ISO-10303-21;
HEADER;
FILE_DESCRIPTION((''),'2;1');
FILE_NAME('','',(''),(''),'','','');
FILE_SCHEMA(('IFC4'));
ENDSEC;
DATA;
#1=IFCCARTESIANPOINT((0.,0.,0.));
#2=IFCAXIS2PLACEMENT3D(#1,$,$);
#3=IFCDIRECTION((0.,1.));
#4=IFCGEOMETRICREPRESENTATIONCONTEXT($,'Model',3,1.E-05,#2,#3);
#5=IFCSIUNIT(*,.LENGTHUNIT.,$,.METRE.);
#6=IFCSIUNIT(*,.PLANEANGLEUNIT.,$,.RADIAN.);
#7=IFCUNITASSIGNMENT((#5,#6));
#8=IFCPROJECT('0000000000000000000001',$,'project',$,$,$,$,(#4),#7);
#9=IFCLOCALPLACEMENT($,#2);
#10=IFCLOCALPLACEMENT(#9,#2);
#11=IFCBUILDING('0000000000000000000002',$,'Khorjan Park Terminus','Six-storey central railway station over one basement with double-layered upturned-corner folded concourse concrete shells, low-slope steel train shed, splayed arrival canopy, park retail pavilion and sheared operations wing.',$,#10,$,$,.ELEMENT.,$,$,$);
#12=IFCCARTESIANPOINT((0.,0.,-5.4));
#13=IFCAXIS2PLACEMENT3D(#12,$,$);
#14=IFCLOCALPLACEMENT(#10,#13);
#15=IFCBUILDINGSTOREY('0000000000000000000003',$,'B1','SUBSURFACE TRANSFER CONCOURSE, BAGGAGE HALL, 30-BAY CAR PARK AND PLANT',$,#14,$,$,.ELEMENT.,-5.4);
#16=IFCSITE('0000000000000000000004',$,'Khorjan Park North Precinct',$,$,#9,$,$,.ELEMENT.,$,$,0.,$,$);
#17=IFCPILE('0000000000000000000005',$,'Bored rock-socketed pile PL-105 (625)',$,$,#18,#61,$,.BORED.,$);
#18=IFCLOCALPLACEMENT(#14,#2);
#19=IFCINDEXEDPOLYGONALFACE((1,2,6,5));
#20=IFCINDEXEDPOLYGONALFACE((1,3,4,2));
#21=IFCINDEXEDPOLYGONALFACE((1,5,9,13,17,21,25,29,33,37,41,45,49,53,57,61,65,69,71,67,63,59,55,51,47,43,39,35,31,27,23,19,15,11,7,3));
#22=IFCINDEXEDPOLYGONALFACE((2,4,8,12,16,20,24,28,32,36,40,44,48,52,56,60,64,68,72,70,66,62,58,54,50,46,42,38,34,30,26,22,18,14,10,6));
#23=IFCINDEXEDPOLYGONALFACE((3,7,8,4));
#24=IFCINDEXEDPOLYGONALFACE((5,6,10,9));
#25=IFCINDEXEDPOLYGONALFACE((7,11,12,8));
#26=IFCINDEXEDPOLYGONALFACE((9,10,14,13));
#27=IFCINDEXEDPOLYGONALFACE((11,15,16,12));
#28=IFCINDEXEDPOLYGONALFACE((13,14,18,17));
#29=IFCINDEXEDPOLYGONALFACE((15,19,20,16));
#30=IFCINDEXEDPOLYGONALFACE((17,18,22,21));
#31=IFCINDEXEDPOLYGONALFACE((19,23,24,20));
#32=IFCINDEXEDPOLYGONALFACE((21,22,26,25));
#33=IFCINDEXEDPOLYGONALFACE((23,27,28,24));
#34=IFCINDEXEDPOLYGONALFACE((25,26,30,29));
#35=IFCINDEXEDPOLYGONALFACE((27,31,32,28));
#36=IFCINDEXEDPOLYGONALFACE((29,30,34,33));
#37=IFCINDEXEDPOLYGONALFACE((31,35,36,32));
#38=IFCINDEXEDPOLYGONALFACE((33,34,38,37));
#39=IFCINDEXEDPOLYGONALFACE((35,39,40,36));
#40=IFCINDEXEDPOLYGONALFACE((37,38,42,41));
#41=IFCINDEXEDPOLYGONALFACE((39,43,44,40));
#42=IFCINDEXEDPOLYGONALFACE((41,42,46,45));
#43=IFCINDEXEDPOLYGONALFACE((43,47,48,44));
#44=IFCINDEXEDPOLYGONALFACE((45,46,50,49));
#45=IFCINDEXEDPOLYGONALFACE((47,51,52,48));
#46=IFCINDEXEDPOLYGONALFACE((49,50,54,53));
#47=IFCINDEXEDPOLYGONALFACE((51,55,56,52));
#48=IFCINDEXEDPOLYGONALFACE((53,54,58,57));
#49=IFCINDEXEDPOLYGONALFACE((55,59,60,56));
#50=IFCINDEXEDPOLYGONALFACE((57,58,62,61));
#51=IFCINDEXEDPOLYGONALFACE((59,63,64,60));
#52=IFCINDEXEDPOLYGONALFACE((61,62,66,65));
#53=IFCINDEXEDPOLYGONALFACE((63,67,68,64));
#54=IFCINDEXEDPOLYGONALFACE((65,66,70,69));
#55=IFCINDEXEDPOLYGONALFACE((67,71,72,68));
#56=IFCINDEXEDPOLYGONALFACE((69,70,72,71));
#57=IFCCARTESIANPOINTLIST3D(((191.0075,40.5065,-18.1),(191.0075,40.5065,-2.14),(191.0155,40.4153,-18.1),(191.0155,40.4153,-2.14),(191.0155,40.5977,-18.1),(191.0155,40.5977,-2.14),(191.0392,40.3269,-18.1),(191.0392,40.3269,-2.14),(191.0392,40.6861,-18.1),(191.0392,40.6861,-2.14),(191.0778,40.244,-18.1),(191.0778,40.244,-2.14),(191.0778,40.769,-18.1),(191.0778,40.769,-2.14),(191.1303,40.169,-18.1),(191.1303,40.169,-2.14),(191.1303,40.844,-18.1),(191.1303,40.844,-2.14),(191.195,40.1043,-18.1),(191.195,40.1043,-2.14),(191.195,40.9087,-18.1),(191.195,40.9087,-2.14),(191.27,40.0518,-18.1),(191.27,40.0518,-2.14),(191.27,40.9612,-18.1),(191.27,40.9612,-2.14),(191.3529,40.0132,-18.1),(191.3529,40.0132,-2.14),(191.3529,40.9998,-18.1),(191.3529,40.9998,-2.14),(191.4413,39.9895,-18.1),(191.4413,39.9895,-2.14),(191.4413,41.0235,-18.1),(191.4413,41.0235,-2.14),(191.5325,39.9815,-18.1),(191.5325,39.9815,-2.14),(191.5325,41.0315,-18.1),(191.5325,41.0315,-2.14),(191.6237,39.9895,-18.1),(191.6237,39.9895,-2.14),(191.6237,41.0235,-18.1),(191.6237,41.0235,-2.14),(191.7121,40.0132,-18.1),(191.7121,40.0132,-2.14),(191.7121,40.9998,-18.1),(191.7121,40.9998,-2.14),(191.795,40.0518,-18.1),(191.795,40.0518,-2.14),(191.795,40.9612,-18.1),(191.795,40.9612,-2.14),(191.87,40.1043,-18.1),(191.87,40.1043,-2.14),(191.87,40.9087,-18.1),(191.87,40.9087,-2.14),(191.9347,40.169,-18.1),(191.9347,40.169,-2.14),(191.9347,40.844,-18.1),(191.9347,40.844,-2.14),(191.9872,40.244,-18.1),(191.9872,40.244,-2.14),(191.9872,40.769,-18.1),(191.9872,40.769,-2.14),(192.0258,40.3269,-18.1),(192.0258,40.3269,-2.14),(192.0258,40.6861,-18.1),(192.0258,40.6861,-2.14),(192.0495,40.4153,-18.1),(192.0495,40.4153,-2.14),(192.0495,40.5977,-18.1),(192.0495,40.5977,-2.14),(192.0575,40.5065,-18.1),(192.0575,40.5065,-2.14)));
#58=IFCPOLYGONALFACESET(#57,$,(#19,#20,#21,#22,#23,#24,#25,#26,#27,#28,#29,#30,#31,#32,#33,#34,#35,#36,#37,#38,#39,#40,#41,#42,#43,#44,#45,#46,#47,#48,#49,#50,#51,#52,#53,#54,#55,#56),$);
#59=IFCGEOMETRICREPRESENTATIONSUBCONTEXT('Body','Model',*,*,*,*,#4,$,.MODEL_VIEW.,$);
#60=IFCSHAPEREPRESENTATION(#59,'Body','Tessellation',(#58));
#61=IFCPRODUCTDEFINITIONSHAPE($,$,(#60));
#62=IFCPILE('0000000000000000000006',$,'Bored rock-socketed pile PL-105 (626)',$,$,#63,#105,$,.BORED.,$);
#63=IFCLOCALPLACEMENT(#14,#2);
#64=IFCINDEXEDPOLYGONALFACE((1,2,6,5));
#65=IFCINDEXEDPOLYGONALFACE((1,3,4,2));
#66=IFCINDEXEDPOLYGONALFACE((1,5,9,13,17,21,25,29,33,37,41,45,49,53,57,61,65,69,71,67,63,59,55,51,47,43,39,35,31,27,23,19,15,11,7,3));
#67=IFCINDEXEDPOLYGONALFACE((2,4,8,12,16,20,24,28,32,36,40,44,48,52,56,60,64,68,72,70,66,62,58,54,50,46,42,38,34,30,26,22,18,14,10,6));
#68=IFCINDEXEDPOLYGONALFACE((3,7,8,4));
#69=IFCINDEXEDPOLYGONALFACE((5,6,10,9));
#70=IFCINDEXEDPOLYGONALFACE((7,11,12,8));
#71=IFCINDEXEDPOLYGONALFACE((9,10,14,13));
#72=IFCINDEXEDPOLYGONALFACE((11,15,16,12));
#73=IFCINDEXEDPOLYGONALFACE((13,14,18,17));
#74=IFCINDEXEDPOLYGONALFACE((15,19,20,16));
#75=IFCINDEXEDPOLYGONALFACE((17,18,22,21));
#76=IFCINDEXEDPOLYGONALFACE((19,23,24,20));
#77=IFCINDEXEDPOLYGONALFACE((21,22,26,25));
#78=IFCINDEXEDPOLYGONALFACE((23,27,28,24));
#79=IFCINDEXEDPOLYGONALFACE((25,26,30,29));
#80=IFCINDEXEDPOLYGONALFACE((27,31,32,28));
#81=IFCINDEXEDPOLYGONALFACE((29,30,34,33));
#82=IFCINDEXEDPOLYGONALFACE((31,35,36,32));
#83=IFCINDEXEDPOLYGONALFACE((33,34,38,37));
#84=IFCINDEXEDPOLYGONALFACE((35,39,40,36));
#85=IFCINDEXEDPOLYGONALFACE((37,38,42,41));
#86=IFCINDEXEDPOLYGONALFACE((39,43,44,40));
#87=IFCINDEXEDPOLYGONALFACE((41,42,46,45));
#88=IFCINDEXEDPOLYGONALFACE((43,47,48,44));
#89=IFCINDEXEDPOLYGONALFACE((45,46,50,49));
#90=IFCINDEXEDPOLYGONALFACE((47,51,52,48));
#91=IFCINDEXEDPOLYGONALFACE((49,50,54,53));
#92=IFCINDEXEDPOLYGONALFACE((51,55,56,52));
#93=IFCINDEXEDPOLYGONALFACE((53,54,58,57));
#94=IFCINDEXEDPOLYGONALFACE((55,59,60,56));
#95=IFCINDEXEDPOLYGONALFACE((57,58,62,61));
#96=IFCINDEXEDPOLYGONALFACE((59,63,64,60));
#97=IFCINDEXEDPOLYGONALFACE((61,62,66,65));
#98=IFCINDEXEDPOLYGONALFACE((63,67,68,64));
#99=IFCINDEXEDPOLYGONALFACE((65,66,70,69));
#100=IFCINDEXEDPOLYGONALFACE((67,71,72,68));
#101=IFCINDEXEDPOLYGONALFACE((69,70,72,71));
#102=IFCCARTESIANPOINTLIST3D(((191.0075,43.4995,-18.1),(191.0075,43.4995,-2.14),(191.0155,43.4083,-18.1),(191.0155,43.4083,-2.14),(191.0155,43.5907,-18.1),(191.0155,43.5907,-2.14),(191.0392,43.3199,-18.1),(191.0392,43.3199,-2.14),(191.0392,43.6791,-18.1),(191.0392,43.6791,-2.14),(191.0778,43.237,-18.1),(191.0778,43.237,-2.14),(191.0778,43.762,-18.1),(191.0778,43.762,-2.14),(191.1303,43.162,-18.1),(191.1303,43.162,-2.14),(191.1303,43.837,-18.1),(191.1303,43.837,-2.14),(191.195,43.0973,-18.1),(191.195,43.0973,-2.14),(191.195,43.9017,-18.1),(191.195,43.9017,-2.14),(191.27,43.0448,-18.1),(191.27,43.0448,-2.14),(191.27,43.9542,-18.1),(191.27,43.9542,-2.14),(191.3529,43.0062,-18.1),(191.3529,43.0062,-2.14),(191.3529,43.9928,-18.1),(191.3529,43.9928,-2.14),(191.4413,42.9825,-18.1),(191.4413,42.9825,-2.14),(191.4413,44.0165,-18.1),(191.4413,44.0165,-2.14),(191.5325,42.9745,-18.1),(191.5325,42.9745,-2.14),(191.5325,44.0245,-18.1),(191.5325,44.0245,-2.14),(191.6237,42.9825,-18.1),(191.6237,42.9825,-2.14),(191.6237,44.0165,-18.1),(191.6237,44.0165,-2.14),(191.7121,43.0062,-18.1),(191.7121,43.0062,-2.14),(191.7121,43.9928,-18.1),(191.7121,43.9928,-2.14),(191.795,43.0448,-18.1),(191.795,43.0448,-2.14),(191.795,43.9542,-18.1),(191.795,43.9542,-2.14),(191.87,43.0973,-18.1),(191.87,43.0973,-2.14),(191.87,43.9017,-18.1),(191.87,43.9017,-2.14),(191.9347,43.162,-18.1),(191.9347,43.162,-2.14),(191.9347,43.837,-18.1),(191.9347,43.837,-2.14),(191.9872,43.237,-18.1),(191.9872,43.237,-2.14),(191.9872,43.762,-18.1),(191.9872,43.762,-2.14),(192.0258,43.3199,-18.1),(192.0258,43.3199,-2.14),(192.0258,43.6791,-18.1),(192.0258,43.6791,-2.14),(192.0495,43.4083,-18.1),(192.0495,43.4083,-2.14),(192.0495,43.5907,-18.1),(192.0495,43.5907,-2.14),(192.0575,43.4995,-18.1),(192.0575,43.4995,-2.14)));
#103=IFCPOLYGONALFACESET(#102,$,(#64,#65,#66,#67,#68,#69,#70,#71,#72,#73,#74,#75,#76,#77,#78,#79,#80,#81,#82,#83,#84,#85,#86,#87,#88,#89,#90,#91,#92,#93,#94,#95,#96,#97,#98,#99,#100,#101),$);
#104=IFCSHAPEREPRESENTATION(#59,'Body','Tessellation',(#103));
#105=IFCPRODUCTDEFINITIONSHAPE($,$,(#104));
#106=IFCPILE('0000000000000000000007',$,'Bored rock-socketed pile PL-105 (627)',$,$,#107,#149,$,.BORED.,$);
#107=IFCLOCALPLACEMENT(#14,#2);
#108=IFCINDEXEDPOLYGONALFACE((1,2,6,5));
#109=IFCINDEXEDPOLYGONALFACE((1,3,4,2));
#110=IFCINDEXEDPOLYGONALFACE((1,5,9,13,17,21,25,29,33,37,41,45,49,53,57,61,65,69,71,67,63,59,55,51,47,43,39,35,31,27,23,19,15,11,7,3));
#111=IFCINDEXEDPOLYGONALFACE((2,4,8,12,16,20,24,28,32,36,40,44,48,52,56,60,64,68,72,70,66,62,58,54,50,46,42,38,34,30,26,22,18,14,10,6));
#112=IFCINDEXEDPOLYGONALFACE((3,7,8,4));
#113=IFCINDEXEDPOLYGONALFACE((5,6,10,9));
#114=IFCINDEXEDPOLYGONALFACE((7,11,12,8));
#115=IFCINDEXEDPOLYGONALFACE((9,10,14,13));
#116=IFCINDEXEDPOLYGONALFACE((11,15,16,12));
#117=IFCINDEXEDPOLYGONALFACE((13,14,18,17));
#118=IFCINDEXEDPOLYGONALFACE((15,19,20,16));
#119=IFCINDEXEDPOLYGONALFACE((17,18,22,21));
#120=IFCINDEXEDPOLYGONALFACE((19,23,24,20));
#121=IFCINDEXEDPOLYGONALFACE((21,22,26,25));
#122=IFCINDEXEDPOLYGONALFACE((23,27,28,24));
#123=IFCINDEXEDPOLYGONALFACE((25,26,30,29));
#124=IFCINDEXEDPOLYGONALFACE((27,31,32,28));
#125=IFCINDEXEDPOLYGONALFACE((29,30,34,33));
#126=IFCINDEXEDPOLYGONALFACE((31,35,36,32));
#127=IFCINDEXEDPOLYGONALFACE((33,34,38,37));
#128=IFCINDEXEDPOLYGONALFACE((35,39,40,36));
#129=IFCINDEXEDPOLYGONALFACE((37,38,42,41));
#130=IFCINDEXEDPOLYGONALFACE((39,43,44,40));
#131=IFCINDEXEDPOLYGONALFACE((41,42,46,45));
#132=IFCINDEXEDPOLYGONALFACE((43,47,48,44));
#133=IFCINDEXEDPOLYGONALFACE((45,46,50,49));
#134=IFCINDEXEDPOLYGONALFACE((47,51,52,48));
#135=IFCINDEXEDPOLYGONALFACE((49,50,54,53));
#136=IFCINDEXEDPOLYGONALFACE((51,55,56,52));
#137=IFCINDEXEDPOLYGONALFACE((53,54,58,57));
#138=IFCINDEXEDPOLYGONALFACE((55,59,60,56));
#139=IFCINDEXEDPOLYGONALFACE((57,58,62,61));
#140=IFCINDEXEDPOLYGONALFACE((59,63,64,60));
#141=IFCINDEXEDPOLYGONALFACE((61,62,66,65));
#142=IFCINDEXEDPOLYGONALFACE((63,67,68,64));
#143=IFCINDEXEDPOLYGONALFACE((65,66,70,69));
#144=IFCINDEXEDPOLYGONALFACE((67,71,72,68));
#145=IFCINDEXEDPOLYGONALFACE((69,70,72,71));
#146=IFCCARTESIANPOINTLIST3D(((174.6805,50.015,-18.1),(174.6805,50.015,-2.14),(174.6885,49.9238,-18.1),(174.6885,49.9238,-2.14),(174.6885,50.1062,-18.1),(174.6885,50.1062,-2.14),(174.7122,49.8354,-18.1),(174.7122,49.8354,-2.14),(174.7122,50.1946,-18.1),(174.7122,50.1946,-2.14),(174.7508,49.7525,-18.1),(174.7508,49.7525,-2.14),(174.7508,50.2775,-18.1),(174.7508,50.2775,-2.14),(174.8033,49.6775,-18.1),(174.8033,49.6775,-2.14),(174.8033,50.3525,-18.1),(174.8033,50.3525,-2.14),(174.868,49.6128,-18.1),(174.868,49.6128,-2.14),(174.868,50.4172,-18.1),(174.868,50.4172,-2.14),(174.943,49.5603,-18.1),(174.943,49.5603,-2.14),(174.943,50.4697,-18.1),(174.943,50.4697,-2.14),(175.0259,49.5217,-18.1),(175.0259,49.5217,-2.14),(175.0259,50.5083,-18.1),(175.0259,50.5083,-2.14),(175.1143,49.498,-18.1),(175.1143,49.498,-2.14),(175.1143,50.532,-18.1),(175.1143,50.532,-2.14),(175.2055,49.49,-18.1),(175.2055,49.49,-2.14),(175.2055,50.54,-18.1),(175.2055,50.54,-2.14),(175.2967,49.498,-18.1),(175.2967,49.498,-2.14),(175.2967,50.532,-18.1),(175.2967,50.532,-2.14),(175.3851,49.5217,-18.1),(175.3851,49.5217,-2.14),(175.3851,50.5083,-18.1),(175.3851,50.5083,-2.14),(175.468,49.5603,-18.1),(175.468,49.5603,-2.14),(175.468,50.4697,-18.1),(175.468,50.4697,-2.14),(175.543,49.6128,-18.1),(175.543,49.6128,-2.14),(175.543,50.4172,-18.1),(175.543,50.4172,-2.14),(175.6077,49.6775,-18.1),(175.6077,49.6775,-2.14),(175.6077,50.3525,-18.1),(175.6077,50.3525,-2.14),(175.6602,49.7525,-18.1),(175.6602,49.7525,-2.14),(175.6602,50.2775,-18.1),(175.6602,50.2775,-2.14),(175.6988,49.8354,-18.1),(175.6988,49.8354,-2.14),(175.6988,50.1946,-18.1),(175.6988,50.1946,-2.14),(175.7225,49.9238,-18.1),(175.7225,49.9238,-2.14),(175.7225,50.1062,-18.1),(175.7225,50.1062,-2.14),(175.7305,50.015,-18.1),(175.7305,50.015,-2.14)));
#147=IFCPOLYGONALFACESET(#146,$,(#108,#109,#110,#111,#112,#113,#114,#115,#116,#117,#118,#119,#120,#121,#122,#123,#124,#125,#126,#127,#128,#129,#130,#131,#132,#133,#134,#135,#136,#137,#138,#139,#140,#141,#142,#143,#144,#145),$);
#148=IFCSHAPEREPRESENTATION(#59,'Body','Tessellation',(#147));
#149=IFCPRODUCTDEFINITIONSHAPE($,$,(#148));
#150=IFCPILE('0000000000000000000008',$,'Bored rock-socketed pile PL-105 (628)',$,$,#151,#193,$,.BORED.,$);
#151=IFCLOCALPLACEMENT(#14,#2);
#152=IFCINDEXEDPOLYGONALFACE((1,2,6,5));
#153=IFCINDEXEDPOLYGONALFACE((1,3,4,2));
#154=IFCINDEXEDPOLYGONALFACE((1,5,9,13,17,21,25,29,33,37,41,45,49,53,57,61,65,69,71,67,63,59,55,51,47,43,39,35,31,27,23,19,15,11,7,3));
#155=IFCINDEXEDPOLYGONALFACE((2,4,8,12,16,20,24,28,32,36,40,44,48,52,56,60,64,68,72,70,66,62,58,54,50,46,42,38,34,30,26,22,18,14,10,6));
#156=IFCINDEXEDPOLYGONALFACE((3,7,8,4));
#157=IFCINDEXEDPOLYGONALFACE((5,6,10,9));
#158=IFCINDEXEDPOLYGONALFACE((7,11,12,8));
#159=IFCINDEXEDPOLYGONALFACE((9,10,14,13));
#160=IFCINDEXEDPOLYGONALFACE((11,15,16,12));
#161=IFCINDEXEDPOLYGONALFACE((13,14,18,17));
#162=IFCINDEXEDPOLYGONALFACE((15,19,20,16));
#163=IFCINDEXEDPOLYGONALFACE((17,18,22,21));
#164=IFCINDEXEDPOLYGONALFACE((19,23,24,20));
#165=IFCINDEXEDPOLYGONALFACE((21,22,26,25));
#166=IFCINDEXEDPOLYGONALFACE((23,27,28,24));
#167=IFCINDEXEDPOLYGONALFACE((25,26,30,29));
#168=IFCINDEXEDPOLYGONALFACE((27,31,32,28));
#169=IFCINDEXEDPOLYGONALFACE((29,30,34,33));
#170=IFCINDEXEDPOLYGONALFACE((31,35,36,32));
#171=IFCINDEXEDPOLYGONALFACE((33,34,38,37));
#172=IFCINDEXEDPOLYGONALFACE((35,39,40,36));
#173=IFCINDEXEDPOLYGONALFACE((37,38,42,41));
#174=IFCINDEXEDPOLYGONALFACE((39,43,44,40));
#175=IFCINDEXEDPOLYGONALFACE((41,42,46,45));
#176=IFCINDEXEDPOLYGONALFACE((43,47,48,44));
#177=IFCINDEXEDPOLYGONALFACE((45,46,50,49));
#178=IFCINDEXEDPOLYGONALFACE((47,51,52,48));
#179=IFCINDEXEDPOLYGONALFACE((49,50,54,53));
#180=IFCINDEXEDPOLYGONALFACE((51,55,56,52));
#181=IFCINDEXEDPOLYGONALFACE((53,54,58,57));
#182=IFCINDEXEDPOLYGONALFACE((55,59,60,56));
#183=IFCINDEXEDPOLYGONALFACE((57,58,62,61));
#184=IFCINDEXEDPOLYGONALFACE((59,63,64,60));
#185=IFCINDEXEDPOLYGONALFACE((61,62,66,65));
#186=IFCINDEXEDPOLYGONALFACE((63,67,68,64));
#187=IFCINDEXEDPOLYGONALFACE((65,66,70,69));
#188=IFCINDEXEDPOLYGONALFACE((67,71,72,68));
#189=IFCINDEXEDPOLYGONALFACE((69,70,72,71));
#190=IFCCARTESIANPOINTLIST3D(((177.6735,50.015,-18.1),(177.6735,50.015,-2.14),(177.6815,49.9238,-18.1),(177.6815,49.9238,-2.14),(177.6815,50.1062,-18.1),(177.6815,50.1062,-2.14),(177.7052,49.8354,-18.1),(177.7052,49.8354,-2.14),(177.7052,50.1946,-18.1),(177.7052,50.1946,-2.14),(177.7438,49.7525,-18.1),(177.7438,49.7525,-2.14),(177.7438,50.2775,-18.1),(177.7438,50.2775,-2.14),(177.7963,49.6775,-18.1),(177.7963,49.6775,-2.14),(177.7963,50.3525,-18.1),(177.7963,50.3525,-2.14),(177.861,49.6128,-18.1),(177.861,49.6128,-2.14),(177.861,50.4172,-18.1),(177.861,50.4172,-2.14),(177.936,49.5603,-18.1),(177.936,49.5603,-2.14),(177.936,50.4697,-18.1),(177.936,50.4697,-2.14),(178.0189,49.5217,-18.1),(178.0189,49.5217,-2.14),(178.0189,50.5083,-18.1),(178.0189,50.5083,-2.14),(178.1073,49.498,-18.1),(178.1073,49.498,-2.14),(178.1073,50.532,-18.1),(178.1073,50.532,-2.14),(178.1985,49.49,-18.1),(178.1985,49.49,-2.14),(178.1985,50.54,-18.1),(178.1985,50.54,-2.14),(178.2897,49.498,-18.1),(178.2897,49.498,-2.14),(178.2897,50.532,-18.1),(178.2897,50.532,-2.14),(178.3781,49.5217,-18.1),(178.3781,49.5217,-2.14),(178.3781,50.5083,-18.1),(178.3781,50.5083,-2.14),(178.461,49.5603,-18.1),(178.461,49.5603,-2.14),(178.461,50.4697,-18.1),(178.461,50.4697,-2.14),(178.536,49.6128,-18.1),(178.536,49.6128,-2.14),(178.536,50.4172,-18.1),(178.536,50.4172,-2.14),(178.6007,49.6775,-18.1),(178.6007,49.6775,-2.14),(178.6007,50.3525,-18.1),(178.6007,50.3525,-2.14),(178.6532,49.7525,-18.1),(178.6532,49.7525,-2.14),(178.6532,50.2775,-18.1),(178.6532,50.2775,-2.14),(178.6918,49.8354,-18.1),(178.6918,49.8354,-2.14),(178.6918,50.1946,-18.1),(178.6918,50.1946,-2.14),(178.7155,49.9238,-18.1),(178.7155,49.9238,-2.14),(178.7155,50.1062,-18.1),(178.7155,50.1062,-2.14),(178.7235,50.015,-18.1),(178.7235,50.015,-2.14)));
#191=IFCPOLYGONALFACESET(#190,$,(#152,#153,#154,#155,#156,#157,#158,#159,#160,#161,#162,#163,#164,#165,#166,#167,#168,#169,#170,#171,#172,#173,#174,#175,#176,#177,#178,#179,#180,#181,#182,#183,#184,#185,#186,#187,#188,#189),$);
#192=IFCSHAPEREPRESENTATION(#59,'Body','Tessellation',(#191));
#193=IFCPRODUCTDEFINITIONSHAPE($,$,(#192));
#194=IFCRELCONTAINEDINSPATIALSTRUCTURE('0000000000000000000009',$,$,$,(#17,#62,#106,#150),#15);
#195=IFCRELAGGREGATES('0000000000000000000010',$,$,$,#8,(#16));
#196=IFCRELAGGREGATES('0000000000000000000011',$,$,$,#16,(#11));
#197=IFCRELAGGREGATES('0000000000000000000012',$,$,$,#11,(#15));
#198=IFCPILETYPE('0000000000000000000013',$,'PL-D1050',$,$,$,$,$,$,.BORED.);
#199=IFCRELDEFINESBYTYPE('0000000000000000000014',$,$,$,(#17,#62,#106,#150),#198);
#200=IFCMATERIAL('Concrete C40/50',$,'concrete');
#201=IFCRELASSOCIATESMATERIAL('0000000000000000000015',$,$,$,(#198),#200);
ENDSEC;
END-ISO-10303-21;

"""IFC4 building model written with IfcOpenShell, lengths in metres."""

from ifc_helpers import new_model, si_unit, direction, frame, origin, origin_2d, place, context, subcontext, project, spatial, circle, extrude, material, material_profile, profile_set, type_object, element, save


model = new_model("IFC4")

# Units and contexts
model_context = context("Model", 3, precision=1e-05, world=origin(), true_north=direction((0.0, 1.0)))
body_context = subcontext(model_context, "Body", "Model", "MODEL_VIEW")
ifc_project = project(units=[si_unit("LENGTHUNIT", "METRE"), si_unit("PLANEANGLEUNIT", "RADIAN")], contexts=[model_context])

# Site, building, storey
site_placement = place(None, origin())
site = spatial("IfcSite", under=ifc_project, at=site_placement, Name="Khorjan Park North Precinct", CompositionType="ELEMENT", RefElevation=0.0)
building_placement = place(site_placement, origin())
building = spatial("IfcBuilding", under=site, at=building_placement, Name="Khorjan Park Terminus", Description="Six-storey central railway station over one basement with double-layered upturned-corner folded concourse concrete shells, low-slope steel train shed, splayed arrival canopy, park retail pavilion and sheared operations wing.", CompositionType="ELEMENT")
storey_placement = place(building_placement, frame((0.0, 0.0, -5.4)))
storey = spatial("IfcBuildingStorey", under=building, at=storey_placement, Name="B1", Description="SUBSURFACE TRANSFER CONCOURSE, BAGGAGE HALL, 30-BAY CAR PARK AND PLANT", CompositionType="ELEMENT", Elevation=-5.4)

# Shared definitions
ifc_material_1 = material(Name="Concrete C40/50", Category="concrete")

# Piles
ifc_material_profile_1 = material_profile(ifc_material_1, circle(Radius=0.525, at=origin_2d()), Name="BORED D1050")
ifc_profile_set_1 = profile_set([ifc_material_profile_1], Name="Concrete C40/50")
pile_type_1 = type_object("IfcPileType", Name="PL-D1050", PredefinedType="BORED", material=ifc_profile_set_1)
for number, where, z_axis, x_axis, name in (
    (1, (191.5325, 40.5065, -2.14), (0.0, 0.0, -1.0), (1.0, 0.0, 0.0), "Bored rock-socketed pile PL-105 (625)"),
    (2, (191.5325, 43.4995, -2.14), (0.0, 0.0, -1.0), (1.0, 0.0, 0.0), "Bored rock-socketed pile PL-105 (626)"),
    (3, (175.2055, 50.015, -2.14), (0.0, 0.0, -1.0), (1.0, 0.0, 0.0), "Bored rock-socketed pile PL-105 (627)"),
    (4, (178.1985, 50.015, -2.14), (0.0, 0.0, -1.0), (1.0, 0.0, 0.0), "Bored rock-socketed pile PL-105 (628)"),
):
    element("IfcPile", number, at=place(storey_placement, frame(where, z_axis=z_axis, x_axis=x_axis)), inside=storey, type_object=pile_type_1, Name=name, PredefinedType="BORED", context=body_context, shape_type="SweptSolid", body=[
        extrude(circle(Radius=0.525, at=origin_2d()), origin(), (0.0, 0.0, 1.0), 15.96),
    ])

save(model, "model.ifc")
